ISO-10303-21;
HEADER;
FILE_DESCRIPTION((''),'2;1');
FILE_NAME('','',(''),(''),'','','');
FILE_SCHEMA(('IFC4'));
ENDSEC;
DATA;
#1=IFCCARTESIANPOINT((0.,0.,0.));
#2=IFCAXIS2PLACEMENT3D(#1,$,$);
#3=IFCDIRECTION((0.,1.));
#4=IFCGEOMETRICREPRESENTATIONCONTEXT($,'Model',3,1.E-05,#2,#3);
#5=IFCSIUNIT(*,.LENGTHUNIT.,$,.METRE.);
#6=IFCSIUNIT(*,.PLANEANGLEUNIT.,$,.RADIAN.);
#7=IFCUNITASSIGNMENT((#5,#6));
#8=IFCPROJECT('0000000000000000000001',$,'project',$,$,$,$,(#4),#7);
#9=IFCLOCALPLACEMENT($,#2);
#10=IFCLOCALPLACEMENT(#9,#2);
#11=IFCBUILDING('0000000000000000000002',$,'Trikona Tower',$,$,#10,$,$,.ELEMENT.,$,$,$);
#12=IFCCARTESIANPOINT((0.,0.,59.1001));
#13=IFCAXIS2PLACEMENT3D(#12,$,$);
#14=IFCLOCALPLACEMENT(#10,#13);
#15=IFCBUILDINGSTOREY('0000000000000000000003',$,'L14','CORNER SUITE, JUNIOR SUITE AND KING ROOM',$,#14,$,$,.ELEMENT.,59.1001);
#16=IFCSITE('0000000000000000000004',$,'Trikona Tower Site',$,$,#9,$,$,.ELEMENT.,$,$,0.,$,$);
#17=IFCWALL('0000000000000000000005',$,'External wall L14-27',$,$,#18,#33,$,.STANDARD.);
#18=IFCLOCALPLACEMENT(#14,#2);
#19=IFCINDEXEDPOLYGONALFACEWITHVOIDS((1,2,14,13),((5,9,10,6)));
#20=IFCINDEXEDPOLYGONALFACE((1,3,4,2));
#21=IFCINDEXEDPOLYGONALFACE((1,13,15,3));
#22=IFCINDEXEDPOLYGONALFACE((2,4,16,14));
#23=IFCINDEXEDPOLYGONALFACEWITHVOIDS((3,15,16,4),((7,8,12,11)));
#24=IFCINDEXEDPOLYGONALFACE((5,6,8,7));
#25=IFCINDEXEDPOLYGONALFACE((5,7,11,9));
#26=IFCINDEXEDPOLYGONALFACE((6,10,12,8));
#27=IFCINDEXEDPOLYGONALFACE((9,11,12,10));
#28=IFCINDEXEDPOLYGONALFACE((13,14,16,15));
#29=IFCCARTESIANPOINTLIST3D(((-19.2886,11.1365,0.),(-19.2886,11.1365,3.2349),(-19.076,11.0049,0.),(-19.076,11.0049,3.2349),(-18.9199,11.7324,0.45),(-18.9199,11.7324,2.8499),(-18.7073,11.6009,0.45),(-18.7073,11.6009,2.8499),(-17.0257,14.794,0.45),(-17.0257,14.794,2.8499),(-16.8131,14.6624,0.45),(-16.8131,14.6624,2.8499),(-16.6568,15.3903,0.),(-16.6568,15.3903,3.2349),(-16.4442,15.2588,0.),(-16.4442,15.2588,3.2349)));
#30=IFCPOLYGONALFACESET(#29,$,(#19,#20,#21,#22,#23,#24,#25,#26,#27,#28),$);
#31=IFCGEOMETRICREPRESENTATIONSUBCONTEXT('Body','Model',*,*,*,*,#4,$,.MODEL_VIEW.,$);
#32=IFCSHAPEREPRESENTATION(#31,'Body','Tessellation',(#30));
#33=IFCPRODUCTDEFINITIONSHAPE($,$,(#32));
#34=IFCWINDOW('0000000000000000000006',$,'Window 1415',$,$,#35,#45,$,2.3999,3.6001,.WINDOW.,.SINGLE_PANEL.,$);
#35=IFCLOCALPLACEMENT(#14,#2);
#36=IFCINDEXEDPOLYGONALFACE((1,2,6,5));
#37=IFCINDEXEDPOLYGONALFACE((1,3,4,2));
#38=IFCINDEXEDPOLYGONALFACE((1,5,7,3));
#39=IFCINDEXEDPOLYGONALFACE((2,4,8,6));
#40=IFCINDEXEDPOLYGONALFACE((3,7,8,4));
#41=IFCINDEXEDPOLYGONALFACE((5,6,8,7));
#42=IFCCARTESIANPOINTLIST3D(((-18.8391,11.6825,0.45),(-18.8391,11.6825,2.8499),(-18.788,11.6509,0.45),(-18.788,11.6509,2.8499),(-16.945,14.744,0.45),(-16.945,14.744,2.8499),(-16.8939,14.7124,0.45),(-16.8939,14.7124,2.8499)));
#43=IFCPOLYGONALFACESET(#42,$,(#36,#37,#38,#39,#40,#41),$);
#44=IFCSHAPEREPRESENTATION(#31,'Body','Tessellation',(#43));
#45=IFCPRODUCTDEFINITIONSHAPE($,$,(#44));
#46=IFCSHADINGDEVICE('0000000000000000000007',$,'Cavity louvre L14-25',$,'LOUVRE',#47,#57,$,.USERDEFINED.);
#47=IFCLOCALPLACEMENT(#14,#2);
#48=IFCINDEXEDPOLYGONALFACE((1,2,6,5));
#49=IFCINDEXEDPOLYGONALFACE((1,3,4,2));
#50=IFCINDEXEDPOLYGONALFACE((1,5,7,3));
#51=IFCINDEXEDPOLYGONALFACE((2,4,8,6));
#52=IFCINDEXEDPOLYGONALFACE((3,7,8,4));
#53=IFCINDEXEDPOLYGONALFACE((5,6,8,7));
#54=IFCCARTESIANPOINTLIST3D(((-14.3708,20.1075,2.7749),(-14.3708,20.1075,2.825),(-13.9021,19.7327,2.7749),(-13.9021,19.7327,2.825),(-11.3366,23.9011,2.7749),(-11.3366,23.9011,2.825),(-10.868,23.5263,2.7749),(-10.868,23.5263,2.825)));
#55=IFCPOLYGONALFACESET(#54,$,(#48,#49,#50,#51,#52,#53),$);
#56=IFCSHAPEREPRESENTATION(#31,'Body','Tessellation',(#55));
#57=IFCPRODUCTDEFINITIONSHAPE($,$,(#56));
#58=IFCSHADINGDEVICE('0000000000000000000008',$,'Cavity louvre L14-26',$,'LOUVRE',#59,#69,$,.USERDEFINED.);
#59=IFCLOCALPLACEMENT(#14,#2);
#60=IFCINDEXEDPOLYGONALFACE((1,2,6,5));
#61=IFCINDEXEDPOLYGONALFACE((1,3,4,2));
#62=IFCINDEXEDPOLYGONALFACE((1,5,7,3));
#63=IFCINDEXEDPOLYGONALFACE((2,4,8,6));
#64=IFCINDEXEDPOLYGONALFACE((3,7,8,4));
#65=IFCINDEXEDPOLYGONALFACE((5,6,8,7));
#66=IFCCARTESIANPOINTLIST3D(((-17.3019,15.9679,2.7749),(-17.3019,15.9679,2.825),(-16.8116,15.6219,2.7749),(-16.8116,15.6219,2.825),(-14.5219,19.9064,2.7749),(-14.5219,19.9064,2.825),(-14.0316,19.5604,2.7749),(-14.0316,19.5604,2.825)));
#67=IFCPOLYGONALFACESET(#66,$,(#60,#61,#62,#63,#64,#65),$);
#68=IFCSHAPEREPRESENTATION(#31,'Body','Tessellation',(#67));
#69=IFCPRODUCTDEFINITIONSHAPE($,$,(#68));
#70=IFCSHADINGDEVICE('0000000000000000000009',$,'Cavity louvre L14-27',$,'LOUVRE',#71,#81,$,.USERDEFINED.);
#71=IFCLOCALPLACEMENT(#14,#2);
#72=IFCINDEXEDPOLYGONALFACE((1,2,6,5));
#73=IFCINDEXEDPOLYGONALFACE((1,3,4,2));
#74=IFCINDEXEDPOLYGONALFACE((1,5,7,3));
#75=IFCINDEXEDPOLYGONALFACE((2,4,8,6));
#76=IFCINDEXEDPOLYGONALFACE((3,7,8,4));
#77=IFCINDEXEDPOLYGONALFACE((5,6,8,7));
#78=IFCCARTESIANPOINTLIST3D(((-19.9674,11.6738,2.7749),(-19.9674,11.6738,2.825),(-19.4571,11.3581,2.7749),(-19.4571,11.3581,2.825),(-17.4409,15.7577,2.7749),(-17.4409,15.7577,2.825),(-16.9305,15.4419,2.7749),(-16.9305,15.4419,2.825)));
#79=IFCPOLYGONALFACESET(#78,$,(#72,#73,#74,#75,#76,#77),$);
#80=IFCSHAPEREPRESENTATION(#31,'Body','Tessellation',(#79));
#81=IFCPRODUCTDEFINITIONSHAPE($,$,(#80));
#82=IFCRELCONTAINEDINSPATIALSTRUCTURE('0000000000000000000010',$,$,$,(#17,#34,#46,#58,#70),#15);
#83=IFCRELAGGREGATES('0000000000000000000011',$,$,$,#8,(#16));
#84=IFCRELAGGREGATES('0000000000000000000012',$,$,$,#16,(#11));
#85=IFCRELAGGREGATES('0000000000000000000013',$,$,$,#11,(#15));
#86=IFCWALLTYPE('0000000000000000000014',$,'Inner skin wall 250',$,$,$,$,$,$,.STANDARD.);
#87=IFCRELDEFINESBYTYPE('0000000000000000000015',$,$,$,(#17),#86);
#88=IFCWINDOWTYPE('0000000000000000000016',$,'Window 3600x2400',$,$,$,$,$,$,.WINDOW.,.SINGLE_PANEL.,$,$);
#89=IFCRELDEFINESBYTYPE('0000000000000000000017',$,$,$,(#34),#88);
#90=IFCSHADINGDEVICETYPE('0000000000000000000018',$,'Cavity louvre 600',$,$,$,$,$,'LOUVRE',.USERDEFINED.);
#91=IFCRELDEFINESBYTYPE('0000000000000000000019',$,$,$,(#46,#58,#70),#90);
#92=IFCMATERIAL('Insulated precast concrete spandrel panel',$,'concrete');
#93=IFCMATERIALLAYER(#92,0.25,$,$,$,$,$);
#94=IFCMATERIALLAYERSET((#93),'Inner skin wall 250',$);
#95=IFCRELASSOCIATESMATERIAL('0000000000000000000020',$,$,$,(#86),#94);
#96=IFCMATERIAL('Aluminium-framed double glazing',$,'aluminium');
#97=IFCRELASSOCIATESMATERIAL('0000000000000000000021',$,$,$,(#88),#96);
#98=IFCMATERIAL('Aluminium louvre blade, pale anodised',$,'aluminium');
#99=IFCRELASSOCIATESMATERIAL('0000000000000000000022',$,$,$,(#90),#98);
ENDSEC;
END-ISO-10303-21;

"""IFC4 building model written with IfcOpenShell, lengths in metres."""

from ifc_helpers import new_model, si_unit, direction, frame, frame_2d, origin, origin_2d, place, context, subcontext, project, spatial, rectangle, extrude, material, layer, layer_set, type_object, element, fill, save


model = new_model("IFC4")

# Units and contexts
model_context = context("Model", 3, precision=1e-05, world=origin(), true_north=direction((0.0, 1.0)))
body_context = subcontext(model_context, "Body", "Model", "MODEL_VIEW")
ifc_project = project(units=[si_unit("LENGTHUNIT", "METRE"), si_unit("PLANEANGLEUNIT", "RADIAN")], contexts=[model_context])

# Site, building, storey
site_placement = place(None, origin())
site = spatial("IfcSite", under=ifc_project, at=site_placement, Name="Trikona Tower Site", CompositionType="ELEMENT", RefElevation=0.0)
building_placement = place(site_placement, origin())
building = spatial("IfcBuilding", under=site, at=building_placement, Name="Trikona Tower", CompositionType="ELEMENT")
storey_placement = place(building_placement, frame((0.0, 0.0, 59.1001)))
storey = spatial("IfcBuildingStorey", under=building, at=storey_placement, Name="L14", Description="CORNER SUITE, JUNIOR SUITE AND KING ROOM", CompositionType="ELEMENT", Elevation=59.1001)

# Wall, opening, window
ifc_material_1 = material(Name="Insulated precast concrete spandrel panel", Category="concrete")
ifc_layer_1 = layer(ifc_material_1, 0.25)
ifc_layer_set_1 = layer_set([ifc_layer_1], Name="Inner skin wall 250")
wall_type = type_object("IfcWallType", Name="Inner skin wall 250", PredefinedType="STANDARD", material=ifc_layer_set_1)
ifc_material_2 = material(Name="Aluminium-framed double glazing", Category="aluminium")
window_type = type_object("IfcWindowType", Name="Window 3600x2400", PartitioningType="SINGLE_PANEL", PredefinedType="WINDOW", material=ifc_material_2)
wall_1_placement = place(storey_placement, frame((-16.5505, 15.3245, 0.0), z_axis=(0.0, 0.0, 1.0), x_axis=(-0.526133, -0.850402, 0.0)))
wall_1 = element("IfcWall", 1, at=wall_1_placement, inside=storey, type_object=wall_type, Name="External wall L14-27", PredefinedType="STANDARD", context=body_context, shape_type="SweptSolid", body=[
    extrude(rectangle(XDim=5.0022, YDim=0.25, at=frame_2d((2.501, 0.0))), origin(), (0.0, 0.0, 1.0), 3.2349),
])
opening_1_placement = place(wall_1_placement, frame((0.7012, 0.0, 0.45)))
opening_1 = element("IfcOpeningElement", 2, at=opening_1_placement, cuts=wall_1, PredefinedType="OPENING", context=body_context, shape_type="SweptSolid", body=[
    extrude(rectangle(XDim=3.6001, YDim=2.3999, at=frame_2d((1.8, 1.2))), frame((0.0, 0.135, 0.0), z_axis=(0.0, -1.0, 0.0), x_axis=(1.0, 0.0, 0.0)), (0.0, 0.0, 1.0), 0.27),
])
window_1_placement = place(opening_1_placement, origin())
window_1 = element("IfcWindow", 3, at=window_1_placement, inside=storey, type_object=window_type, Name="Window 1415", OverallHeight=2.3999, OverallWidth=3.6001, PartitioningType="SINGLE_PANEL", PredefinedType="WINDOW", context=body_context, shape_type="SweptSolid", body=[
    extrude(rectangle(XDim=3.6001, YDim=2.3999, at=frame_2d((1.8, 1.2))), frame((0.0, 0.03, 0.0), z_axis=(0.0, -1.0, 0.0), x_axis=(1.0, 0.0, 0.0)), (0.0, 0.0, 1.0), 0.0601),
])
fill(opening_1, window_1)

# Shading devices
ifc_material_3 = material(Name="Aluminium louvre blade, pale anodised", Category="aluminium")
shading_device_type = type_object("IfcShadingDeviceType", Name="Cavity louvre 600", ElementType="LOUVRE", PredefinedType="USERDEFINED", material=ifc_material_3)
shading_device_1_placement = place(storey_placement, frame((-12.6194, 21.8169, 2.7749), z_axis=(0.0, 0.0, 1.0), x_axis=(-0.624604, -0.780942, 0.0)))
element("IfcShadingDevice", 4, at=shading_device_1_placement, inside=storey, type_object=shading_device_type, Name="Cavity louvre L14-25", ObjectType="LOUVRE", PredefinedType="USERDEFINED", context=body_context, shape_type="SweptSolid", body=[
    extrude(rectangle(XDim=4.8577, YDim=0.6001, at=origin_2d()), origin(), (0.0, 0.0, 1.0), 0.05),
])
shading_device_2_placement = place(storey_placement, frame((-15.6667, 17.7642, 2.7749), z_axis=(0.0, 0.0, 1.0), x_axis=(-0.576662, -0.816983, 0.0)))
element("IfcShadingDevice", 5, at=shading_device_2_placement, inside=storey, type_object=shading_device_type, Name="Cavity louvre L14-26", ObjectType="LOUVRE", PredefinedType="USERDEFINED", context=body_context, shape_type="SweptSolid", body=[
    extrude(rectangle(XDim=4.8208, YDim=0.6001, at=origin_2d()), origin(), (0.0, 0.0, 1.0), 0.05),
])
shading_device_3_placement = place(storey_placement, frame((-18.449, 13.5579, 2.7749), z_axis=(0.0, 0.0, 1.0), x_axis=(-0.526119, -0.850411, 0.0)))
element("IfcShadingDevice", 6, at=shading_device_3_placement, inside=storey, type_object=shading_device_type, Name="Cavity louvre L14-27", ObjectType="LOUVRE", PredefinedType="USERDEFINED", context=body_context, shape_type="SweptSolid", body=[
    extrude(rectangle(XDim=4.8022, YDim=0.6001, at=origin_2d()), origin(), (0.0, 0.0, 1.0), 0.05),
])

save(model, "model.ifc")
